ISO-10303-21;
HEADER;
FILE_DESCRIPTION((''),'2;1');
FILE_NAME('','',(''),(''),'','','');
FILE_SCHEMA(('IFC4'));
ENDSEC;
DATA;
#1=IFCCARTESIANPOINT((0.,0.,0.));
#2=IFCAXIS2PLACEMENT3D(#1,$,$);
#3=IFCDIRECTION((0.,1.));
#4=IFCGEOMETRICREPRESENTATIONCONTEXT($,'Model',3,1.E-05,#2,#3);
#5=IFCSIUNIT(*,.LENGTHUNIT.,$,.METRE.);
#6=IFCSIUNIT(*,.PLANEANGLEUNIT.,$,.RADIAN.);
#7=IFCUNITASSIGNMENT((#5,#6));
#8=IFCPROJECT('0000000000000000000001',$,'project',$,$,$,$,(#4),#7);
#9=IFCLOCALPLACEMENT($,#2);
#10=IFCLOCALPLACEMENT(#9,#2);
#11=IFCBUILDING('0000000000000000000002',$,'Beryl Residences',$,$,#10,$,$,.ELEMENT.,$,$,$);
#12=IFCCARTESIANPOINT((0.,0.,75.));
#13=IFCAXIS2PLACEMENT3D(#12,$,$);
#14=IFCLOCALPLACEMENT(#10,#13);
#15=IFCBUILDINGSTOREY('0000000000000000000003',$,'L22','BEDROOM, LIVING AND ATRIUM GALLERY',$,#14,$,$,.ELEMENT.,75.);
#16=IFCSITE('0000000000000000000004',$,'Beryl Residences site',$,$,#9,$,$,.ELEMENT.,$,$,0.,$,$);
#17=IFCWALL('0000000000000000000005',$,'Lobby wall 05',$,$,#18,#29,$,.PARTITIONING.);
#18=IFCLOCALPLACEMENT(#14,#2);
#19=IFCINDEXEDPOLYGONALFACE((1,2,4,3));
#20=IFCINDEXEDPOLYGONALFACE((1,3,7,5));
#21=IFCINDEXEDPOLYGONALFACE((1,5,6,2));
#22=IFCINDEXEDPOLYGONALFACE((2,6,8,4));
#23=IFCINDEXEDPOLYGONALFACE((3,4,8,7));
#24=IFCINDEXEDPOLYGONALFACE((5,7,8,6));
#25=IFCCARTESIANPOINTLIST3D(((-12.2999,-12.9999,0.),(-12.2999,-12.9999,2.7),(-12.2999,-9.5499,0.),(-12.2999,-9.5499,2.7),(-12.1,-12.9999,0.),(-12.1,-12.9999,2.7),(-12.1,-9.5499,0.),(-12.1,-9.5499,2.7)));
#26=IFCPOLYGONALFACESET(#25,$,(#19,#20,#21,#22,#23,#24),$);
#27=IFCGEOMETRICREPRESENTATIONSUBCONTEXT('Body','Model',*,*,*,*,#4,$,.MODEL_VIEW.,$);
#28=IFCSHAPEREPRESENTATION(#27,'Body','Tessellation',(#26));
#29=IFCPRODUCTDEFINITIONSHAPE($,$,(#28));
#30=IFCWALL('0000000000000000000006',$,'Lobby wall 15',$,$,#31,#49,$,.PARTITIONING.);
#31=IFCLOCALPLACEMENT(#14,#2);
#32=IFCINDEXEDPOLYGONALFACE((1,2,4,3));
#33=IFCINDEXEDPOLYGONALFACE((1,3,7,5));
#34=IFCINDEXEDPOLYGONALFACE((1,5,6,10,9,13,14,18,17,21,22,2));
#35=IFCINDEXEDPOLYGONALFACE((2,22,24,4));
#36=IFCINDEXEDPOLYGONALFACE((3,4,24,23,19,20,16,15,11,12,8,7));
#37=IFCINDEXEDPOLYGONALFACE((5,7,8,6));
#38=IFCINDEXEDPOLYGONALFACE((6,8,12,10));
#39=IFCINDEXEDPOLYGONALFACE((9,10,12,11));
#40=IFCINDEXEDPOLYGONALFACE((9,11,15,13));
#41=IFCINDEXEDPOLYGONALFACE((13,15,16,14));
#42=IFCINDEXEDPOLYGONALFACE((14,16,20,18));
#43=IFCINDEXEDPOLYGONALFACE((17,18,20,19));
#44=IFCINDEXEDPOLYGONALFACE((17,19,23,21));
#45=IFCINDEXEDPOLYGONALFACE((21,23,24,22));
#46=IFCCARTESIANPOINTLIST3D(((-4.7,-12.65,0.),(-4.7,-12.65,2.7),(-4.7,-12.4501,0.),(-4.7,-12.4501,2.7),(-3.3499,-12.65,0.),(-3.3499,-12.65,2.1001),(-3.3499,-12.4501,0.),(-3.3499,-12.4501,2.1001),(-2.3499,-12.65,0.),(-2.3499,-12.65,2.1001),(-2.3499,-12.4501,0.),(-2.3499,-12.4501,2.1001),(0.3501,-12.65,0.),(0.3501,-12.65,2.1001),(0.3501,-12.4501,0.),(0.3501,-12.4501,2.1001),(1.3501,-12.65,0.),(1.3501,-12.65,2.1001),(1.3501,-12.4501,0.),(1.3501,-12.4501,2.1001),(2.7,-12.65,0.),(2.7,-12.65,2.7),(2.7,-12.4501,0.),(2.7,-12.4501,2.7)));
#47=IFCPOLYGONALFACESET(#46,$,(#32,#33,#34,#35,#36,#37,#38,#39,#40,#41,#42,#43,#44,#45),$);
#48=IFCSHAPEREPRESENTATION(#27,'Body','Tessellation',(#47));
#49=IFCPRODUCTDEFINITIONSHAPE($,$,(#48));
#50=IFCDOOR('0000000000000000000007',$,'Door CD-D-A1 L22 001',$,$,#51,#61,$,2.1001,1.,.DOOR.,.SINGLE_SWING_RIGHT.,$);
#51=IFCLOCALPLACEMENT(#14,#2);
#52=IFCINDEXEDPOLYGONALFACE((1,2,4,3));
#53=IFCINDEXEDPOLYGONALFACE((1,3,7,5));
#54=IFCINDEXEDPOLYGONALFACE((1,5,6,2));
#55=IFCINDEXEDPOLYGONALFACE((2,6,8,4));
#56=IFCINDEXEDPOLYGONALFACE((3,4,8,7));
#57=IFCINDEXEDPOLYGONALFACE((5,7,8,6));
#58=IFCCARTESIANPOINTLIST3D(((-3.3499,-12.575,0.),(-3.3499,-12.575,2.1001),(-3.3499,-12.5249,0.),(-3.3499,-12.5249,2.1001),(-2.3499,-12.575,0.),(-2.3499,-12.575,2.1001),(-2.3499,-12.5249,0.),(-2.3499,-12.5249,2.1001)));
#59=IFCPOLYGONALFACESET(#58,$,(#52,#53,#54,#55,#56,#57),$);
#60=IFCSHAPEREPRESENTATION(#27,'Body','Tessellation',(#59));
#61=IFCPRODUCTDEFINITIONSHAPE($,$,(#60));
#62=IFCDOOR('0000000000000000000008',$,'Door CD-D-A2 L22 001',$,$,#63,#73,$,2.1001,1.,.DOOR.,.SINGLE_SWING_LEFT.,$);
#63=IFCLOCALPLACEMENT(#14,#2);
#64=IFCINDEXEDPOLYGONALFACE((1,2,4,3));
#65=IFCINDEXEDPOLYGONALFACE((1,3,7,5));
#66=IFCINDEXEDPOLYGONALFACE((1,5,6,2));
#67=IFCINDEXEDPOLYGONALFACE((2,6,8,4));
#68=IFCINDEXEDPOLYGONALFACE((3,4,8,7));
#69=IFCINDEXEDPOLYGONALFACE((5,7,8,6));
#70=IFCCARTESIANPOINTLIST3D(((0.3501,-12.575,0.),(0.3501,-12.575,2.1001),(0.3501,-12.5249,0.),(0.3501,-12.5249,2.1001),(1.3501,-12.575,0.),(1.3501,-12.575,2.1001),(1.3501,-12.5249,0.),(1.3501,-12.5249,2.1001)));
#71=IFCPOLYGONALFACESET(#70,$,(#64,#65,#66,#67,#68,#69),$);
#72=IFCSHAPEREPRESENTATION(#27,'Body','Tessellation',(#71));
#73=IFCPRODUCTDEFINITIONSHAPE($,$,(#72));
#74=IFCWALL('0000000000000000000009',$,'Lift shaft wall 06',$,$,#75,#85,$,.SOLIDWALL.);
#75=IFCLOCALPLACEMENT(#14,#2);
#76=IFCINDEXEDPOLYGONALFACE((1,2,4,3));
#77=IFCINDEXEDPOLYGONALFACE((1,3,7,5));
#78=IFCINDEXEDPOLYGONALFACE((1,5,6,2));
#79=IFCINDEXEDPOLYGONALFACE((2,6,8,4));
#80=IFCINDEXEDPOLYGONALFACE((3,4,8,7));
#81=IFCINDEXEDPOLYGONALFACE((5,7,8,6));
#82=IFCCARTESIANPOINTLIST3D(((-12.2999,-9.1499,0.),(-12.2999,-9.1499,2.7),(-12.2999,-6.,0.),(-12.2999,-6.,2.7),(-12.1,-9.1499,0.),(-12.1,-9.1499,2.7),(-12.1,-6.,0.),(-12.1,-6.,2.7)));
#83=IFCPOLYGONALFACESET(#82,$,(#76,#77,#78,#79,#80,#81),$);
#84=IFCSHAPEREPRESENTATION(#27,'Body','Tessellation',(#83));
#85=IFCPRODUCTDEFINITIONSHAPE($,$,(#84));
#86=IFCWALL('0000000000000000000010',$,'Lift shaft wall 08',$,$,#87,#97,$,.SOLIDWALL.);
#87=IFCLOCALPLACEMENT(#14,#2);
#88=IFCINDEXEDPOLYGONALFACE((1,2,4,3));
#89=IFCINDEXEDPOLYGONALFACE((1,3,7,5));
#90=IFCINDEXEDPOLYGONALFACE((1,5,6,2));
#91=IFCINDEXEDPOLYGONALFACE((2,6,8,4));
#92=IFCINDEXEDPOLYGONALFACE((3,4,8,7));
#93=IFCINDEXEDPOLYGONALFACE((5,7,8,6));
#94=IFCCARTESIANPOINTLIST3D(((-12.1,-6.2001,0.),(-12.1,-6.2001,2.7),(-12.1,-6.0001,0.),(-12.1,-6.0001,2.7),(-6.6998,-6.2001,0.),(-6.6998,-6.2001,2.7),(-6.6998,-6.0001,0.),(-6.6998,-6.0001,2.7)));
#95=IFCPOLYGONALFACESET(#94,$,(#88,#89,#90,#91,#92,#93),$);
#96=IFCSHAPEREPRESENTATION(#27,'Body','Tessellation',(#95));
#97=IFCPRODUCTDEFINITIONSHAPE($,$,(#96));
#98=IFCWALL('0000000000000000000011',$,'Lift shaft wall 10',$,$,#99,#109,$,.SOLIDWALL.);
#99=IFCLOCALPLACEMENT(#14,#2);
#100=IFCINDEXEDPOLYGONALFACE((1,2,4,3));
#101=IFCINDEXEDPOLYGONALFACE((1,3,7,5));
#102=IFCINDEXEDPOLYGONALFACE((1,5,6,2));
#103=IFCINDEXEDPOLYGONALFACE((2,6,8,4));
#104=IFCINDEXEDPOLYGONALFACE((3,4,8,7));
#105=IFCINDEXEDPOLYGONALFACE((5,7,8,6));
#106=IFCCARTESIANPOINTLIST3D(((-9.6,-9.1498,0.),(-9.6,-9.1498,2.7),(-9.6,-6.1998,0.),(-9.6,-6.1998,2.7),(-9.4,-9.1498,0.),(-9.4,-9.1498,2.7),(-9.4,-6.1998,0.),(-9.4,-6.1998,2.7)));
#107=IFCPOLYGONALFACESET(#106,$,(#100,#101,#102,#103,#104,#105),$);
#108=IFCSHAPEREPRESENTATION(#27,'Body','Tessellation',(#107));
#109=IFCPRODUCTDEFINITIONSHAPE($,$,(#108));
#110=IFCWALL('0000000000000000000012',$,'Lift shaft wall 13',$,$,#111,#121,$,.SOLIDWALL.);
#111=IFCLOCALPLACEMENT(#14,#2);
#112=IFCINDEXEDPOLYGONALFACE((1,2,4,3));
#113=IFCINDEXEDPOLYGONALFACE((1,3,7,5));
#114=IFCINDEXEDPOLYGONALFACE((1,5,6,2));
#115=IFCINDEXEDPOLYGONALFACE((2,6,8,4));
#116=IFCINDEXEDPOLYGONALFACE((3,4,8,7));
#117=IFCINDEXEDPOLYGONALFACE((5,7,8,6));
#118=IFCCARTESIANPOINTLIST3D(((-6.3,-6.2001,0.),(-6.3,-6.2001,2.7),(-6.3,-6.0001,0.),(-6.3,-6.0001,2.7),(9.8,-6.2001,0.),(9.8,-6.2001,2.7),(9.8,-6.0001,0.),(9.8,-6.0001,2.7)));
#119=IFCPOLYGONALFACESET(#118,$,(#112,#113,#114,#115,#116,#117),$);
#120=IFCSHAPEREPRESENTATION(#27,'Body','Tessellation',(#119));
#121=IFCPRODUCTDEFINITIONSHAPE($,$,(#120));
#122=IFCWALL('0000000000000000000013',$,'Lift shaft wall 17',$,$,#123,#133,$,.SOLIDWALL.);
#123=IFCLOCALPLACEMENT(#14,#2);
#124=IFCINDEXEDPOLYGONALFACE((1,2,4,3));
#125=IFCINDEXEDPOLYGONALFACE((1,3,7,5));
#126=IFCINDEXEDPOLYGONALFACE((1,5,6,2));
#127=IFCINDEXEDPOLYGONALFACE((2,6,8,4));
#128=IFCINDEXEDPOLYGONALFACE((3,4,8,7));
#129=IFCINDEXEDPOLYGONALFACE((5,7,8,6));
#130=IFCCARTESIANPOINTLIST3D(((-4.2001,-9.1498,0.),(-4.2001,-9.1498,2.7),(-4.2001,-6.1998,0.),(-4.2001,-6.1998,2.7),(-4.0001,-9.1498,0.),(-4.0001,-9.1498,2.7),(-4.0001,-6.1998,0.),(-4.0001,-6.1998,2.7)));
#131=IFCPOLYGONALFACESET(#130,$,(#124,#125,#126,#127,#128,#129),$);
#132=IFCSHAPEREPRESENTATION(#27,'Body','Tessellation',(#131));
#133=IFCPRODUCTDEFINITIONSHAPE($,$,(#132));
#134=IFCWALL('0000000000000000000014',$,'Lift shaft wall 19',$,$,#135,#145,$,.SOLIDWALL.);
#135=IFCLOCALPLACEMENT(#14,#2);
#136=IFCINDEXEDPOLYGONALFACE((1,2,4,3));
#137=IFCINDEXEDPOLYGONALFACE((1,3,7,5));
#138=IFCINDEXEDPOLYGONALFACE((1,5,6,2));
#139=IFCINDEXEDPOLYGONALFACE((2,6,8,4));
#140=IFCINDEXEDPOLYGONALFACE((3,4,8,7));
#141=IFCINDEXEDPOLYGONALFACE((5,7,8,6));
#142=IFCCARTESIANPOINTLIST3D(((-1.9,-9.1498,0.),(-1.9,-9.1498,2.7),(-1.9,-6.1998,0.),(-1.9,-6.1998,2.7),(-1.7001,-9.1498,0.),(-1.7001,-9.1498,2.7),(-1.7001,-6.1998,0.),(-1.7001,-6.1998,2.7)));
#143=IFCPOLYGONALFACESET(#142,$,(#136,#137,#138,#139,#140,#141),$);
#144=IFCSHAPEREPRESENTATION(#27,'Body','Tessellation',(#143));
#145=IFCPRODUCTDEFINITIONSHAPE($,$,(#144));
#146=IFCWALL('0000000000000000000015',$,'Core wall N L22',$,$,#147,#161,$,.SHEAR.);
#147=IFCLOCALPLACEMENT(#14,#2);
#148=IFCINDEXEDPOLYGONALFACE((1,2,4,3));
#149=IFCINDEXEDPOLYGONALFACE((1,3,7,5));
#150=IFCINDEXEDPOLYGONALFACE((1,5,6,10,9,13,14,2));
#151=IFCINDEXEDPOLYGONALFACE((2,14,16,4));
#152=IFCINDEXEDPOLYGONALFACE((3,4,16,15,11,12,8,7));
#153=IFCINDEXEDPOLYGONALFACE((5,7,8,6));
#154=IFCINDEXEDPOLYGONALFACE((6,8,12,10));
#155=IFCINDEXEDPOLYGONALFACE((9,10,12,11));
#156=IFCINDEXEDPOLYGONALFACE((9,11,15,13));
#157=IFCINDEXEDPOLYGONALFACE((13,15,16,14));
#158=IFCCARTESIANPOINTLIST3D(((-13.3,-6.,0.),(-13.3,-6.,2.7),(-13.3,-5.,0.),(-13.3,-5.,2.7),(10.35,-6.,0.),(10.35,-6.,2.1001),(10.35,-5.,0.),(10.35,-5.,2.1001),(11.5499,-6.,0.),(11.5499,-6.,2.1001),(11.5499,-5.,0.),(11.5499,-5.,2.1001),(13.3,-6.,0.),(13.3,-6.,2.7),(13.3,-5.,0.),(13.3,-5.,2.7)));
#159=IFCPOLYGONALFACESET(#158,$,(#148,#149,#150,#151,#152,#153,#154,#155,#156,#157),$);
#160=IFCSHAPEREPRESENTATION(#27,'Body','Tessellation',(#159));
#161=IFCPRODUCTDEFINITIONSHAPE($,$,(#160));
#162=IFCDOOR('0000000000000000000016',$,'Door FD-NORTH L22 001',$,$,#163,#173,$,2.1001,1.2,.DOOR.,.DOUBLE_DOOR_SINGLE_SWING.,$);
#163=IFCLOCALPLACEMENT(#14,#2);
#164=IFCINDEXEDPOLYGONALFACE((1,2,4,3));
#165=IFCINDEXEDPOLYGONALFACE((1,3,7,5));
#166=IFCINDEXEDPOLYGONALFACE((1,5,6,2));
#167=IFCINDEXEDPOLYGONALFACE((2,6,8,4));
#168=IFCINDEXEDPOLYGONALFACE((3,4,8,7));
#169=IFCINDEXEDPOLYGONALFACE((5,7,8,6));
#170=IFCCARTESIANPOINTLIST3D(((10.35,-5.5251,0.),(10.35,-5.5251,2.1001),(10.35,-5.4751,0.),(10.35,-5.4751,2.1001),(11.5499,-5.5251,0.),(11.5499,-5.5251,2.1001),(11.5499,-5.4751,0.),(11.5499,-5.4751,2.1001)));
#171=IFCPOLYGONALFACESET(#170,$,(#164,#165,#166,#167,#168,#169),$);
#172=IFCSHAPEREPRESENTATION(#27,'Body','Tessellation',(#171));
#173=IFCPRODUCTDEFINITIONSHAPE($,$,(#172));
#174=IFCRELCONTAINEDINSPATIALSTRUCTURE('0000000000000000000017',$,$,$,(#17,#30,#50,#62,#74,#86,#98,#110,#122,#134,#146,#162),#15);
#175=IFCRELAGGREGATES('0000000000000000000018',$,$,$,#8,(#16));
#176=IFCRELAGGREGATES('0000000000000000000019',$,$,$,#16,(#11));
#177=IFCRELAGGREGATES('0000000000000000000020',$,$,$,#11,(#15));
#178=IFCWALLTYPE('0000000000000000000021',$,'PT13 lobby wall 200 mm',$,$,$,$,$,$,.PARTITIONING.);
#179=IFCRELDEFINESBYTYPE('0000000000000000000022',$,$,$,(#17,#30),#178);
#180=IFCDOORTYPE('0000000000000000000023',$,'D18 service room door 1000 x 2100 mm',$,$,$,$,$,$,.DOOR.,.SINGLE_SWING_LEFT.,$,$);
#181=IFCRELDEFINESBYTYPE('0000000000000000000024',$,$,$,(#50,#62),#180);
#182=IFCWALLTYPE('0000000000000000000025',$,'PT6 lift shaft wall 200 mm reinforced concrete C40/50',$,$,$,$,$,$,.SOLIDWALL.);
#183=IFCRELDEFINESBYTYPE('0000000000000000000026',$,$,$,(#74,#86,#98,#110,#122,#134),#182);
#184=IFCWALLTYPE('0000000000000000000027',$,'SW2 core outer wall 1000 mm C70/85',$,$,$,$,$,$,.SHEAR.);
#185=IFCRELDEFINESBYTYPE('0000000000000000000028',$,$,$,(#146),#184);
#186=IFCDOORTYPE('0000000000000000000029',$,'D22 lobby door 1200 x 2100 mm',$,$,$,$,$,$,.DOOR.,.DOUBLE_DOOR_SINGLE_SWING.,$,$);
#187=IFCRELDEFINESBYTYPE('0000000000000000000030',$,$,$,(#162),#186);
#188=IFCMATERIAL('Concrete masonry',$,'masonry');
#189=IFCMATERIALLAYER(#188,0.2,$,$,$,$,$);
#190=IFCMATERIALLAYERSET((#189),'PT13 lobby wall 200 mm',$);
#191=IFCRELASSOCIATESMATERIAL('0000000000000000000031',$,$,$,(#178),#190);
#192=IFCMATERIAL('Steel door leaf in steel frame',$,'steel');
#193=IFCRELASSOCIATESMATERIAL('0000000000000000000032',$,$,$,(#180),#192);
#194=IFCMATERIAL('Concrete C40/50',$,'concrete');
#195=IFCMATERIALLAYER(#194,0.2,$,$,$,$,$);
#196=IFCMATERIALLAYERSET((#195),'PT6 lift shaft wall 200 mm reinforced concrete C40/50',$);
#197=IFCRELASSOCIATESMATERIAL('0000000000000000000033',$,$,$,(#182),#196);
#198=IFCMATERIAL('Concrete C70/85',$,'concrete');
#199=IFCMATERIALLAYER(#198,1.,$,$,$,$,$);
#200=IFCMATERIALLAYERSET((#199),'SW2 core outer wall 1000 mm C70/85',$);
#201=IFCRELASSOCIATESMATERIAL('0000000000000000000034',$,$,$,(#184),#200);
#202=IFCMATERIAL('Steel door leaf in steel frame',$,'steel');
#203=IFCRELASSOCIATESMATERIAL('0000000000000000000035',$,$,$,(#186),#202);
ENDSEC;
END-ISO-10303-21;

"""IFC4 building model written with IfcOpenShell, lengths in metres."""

from ifc_helpers import new_model, si_unit, direction, frame, frame_2d, origin, place, context, subcontext, project, spatial, rectangle, extrude, material, layer, layer_set, type_object, element, fill, save


model = new_model("IFC4")

# Units and contexts
model_context = context("Model", 3, precision=1e-05, world=origin(), true_north=direction((0.0, 1.0)))
body_context = subcontext(model_context, "Body", "Model", "MODEL_VIEW")
ifc_project = project(units=[si_unit("LENGTHUNIT", "METRE"), si_unit("PLANEANGLEUNIT", "RADIAN")], contexts=[model_context])

# Site, building, storey
site_placement = place(None, origin())
site = spatial("IfcSite", under=ifc_project, at=site_placement, Name="Beryl Residences site", CompositionType="ELEMENT", RefElevation=0.0)
building_placement = place(site_placement, origin())
building = spatial("IfcBuilding", under=site, at=building_placement, Name="Beryl Residences", CompositionType="ELEMENT")
storey_placement = place(building_placement, frame((0.0, 0.0, 75.0)))
storey = spatial("IfcBuildingStorey", under=building, at=storey_placement, Name="L22", Description="BEDROOM, LIVING AND ATRIUM GALLERY", CompositionType="ELEMENT", Elevation=75.0)

# Wall
ifc_material_1 = material(Name="Concrete masonry", Category="masonry")
ifc_layer_1 = layer(ifc_material_1, 0.2)
ifc_layer_set_1 = layer_set([ifc_layer_1], Name="PT13 lobby wall 200 mm")
wall_type_1 = type_object("IfcWallType", Name="PT13 lobby wall 200 mm", PredefinedType="PARTITIONING", material=ifc_layer_set_1)
wall_1_placement = place(storey_placement, frame((-12.2, -13.0, 0.0), z_axis=(0.0, 0.0, 1.0), x_axis=(0.0, 1.0, 0.0)))
element("IfcWall", 1, at=wall_1_placement, inside=storey, type_object=wall_type_1, Name="Lobby wall 05", PredefinedType="PARTITIONING", context=body_context, shape_type="SweptSolid", body=[
    extrude(rectangle(XDim=3.45, YDim=0.2, at=frame_2d((1.7251, 0.0))), origin(), (0.0, 0.0, 1.0), 2.7),
])

# Wall, openings, doors
wall_2_placement = place(storey_placement, frame((-4.7, -12.55, 0.0), z_axis=(0.0, 0.0, 1.0), x_axis=(1.0, 0.0, 0.0)))
wall_2 = element("IfcWall", 2, at=wall_2_placement, inside=storey, type_object=wall_type_1, Name="Lobby wall 15", PredefinedType="PARTITIONING", context=body_context, shape_type="SweptSolid", body=[
    extrude(rectangle(XDim=7.3999, YDim=0.2, at=frame_2d((3.7, 0.0))), origin(), (0.0, 0.0, 1.0), 2.7),
])
opening_1_placement = place(wall_2_placement, frame((2.3501, 0.0, 0.0), z_axis=(0.0, 0.0, 1.0), x_axis=(-1.0, 0.0, 0.0)))
opening_1 = element("IfcOpeningElement", 3, at=opening_1_placement, cuts=wall_2, PredefinedType="OPENING", context=body_context, shape_type="SweptSolid", body=[
    extrude(rectangle(XDim=1.0, YDim=2.1001, at=frame_2d((0.5, 1.05))), frame((0.0, 0.1099, 0.0), z_axis=(0.0, -1.0, 0.0), x_axis=(1.0, 0.0, 0.0)), (0.0, 0.0, 1.0), 0.22),
])
opening_2_placement = place(wall_2_placement, frame((6.05, 0.0, 0.0), z_axis=(0.0, 0.0, 1.0), x_axis=(-1.0, 0.0, 0.0)))
opening_2 = element("IfcOpeningElement", 4, at=opening_2_placement, cuts=wall_2, PredefinedType="OPENING", context=body_context, shape_type="SweptSolid", body=[
    extrude(rectangle(XDim=1.0, YDim=2.1001, at=frame_2d((0.5, 1.05))), frame((0.0, 0.1099, 0.0), z_axis=(0.0, -1.0, 0.0), x_axis=(1.0, 0.0, 0.0)), (0.0, 0.0, 1.0), 0.22),
])
ifc_material_2 = material(Name="Steel door leaf in steel frame", Category="steel")
door_type_1 = type_object("IfcDoorType", Name="D18 service room door 1000 x 2100 mm", OperationType="SINGLE_SWING_LEFT", PredefinedType="DOOR", material=ifc_material_2)
door_1_placement = place(opening_1_placement, origin())
door_1 = element("IfcDoor", 5, at=door_1_placement, inside=storey, type_object=door_type_1, Name="Door CD-D-A1 L22 001", OperationType="SINGLE_SWING_RIGHT", OverallHeight=2.1001, OverallWidth=1.0, PredefinedType="DOOR", context=body_context, shape_type="SweptSolid", body=[
    extrude(rectangle(XDim=1.0, YDim=2.1001, at=frame_2d((0.5, 1.05))), frame((0.0, 0.0249, 0.0), z_axis=(0.0, -1.0, 0.0), x_axis=(1.0, 0.0, 0.0)), (0.0, 0.0, 1.0), 0.05),
])
fill(opening_1, door_1)
door_2_placement = place(opening_2_placement, origin())
door_2 = element("IfcDoor", 6, at=door_2_placement, inside=storey, type_object=door_type_1, Name="Door CD-D-A2 L22 001", OperationType="SINGLE_SWING_LEFT", OverallHeight=2.1001, OverallWidth=1.0, PredefinedType="DOOR", context=body_context, shape_type="SweptSolid", body=[
    extrude(rectangle(XDim=1.0, YDim=2.1001, at=frame_2d((0.5, 1.05))), frame((0.0, 0.0249, 0.0), z_axis=(0.0, -1.0, 0.0), x_axis=(1.0, 0.0, 0.0)), (0.0, 0.0, 1.0), 0.05),
])
fill(opening_2, door_2)

# Walls
ifc_material_3 = material(Name="Concrete C40/50", Category="concrete")
ifc_layer_2 = layer(ifc_material_3, 0.2)
ifc_layer_set_2 = layer_set([ifc_layer_2], Name="PT6 lift shaft wall 200 mm reinforced concrete C40/50")
wall_type_2 = type_object("IfcWallType", Name="PT6 lift shaft wall 200 mm reinforced concrete C40/50", PredefinedType="SOLIDWALL", material=ifc_layer_set_2)
wall_3_placement = place(storey_placement, frame((-12.2, -9.1499, 0.0), z_axis=(0.0, 0.0, 1.0), x_axis=(0.0, 1.0, 0.0)))
element("IfcWall", 7, at=wall_3_placement, inside=storey, type_object=wall_type_2, Name="Lift shaft wall 06", PredefinedType="SOLIDWALL", context=body_context, shape_type="SweptSolid", body=[
    extrude(rectangle(XDim=3.1499, YDim=0.2, at=frame_2d((1.575, 0.0))), origin(), (0.0, 0.0, 1.0), 2.7),
])
wall_4_placement = place(storey_placement, frame((-12.1001, -6.1001, 0.0), z_axis=(0.0, 0.0, 1.0), x_axis=(1.0, 0.0, 0.0)))
element("IfcWall", 8, at=wall_4_placement, inside=storey, type_object=wall_type_2, Name="Lift shaft wall 08", PredefinedType="SOLIDWALL", context=body_context, shape_type="SweptSolid", body=[
    extrude(rectangle(XDim=5.4001, YDim=0.2, at=frame_2d((2.7002, 0.0))), origin(), (0.0, 0.0, 1.0), 2.7),
])
wall_5_placement = place(storey_placement, frame((-9.5, -9.1499, 0.0), z_axis=(0.0, 0.0, 1.0), x_axis=(0.0, 1.0, 0.0)))
element("IfcWall", 9, at=wall_5_placement, inside=storey, type_object=wall_type_2, Name="Lift shaft wall 10", PredefinedType="SOLIDWALL", context=body_context, shape_type="SweptSolid", body=[
    extrude(rectangle(XDim=2.95, YDim=0.2, at=frame_2d((1.4751, 0.0))), origin(), (0.0, 0.0, 1.0), 2.7),
])
wall_6_placement = place(storey_placement, frame((-6.3, -6.1001, 0.0), z_axis=(0.0, 0.0, 1.0), x_axis=(1.0, 0.0, 0.0)))
element("IfcWall", 10, at=wall_6_placement, inside=storey, type_object=wall_type_2, Name="Lift shaft wall 13", PredefinedType="SOLIDWALL", context=body_context, shape_type="SweptSolid", body=[
    extrude(rectangle(XDim=16.1001, YDim=0.2, at=frame_2d((8.05, 0.0))), origin(), (0.0, 0.0, 1.0), 2.7),
])
for number, where, z_axis, x_axis, name in (
    (11, (-4.1001, -9.1499, 0.0), (0.0, 0.0, 1.0), (0.0, 1.0, 0.0), "Lift shaft wall 17"),
    (12, (-1.8, -9.1499, 0.0), (0.0, 0.0, 1.0), (0.0, 1.0, 0.0), "Lift shaft wall 19"),
):
    element("IfcWall", number, at=place(storey_placement, frame(where, z_axis=z_axis, x_axis=x_axis)), inside=storey, type_object=wall_type_2, Name=name, PredefinedType="SOLIDWALL", context=body_context, shape_type="SweptSolid", body=[
        extrude(rectangle(XDim=2.95, YDim=0.2, at=frame_2d((1.4751, 0.0))), origin(), (0.0, 0.0, 1.0), 2.7),
    ])

# Wall, opening, door
ifc_material_4 = material(Name="Concrete C70/85", Category="concrete")
ifc_layer_3 = layer(ifc_material_4, 1.0)
ifc_layer_set_3 = layer_set([ifc_layer_3], Name="SW2 core outer wall 1000 mm C70/85")
wall_type_3 = type_object("IfcWallType", Name="SW2 core outer wall 1000 mm C70/85", PredefinedType="SHEAR", material=ifc_layer_set_3)
wall_7_placement = place(storey_placement, frame((-13.3, -5.5, 0.0), z_axis=(0.0, 0.0, 1.0), x_axis=(1.0, 0.0, 0.0)))
wall_7 = element("IfcWall", 13, at=wall_7_placement, inside=storey, type_object=wall_type_3, Name="Core wall N L22", PredefinedType="SHEAR", context=body_context, shape_type="SweptSolid", body=[
    extrude(rectangle(XDim=26.6001, YDim=1.0, at=frame_2d((13.3, 0.0))), origin(), (0.0, 0.0, 1.0), 2.7),
])
opening_3_placement = place(wall_7_placement, frame((23.6499, 0.0, 0.0)))
opening_3 = element("IfcOpeningElement", 14, at=opening_3_placement, cuts=wall_7, PredefinedType="OPENING", context=body_context, shape_type="SweptSolid", body=[
    extrude(rectangle(XDim=1.2, YDim=2.1001, at=frame_2d((0.6001, 1.05))), frame((0.0, 0.51, 0.0), z_axis=(0.0, -1.0, 0.0), x_axis=(1.0, 0.0, 0.0)), (0.0, 0.0, 1.0), 1.02),
])
ifc_material_5 = material(Name="Steel door leaf in steel frame", Category="steel")
door_type_2 = type_object("IfcDoorType", Name="D22 lobby door 1200 x 2100 mm", OperationType="DOUBLE_DOOR_SINGLE_SWING", PredefinedType="DOOR", material=ifc_material_5)
door_3_placement = place(opening_3_placement, origin())
door_3 = element("IfcDoor", 15, at=door_3_placement, inside=storey, type_object=door_type_2, Name="Door FD-NORTH L22 001", OperationType="DOUBLE_DOOR_SINGLE_SWING", OverallHeight=2.1001, OverallWidth=1.2, PredefinedType="DOOR", context=body_context, shape_type="SweptSolid", body=[
    extrude(rectangle(XDim=1.2, YDim=2.1001, at=frame_2d((0.6001, 1.05))), frame((0.0, 0.0249, 0.0), z_axis=(0.0, -1.0, 0.0), x_axis=(1.0, 0.0, 0.0)), (0.0, 0.0, 1.0), 0.05),
])
fill(opening_3, door_3)

save(model, "model.ifc")
